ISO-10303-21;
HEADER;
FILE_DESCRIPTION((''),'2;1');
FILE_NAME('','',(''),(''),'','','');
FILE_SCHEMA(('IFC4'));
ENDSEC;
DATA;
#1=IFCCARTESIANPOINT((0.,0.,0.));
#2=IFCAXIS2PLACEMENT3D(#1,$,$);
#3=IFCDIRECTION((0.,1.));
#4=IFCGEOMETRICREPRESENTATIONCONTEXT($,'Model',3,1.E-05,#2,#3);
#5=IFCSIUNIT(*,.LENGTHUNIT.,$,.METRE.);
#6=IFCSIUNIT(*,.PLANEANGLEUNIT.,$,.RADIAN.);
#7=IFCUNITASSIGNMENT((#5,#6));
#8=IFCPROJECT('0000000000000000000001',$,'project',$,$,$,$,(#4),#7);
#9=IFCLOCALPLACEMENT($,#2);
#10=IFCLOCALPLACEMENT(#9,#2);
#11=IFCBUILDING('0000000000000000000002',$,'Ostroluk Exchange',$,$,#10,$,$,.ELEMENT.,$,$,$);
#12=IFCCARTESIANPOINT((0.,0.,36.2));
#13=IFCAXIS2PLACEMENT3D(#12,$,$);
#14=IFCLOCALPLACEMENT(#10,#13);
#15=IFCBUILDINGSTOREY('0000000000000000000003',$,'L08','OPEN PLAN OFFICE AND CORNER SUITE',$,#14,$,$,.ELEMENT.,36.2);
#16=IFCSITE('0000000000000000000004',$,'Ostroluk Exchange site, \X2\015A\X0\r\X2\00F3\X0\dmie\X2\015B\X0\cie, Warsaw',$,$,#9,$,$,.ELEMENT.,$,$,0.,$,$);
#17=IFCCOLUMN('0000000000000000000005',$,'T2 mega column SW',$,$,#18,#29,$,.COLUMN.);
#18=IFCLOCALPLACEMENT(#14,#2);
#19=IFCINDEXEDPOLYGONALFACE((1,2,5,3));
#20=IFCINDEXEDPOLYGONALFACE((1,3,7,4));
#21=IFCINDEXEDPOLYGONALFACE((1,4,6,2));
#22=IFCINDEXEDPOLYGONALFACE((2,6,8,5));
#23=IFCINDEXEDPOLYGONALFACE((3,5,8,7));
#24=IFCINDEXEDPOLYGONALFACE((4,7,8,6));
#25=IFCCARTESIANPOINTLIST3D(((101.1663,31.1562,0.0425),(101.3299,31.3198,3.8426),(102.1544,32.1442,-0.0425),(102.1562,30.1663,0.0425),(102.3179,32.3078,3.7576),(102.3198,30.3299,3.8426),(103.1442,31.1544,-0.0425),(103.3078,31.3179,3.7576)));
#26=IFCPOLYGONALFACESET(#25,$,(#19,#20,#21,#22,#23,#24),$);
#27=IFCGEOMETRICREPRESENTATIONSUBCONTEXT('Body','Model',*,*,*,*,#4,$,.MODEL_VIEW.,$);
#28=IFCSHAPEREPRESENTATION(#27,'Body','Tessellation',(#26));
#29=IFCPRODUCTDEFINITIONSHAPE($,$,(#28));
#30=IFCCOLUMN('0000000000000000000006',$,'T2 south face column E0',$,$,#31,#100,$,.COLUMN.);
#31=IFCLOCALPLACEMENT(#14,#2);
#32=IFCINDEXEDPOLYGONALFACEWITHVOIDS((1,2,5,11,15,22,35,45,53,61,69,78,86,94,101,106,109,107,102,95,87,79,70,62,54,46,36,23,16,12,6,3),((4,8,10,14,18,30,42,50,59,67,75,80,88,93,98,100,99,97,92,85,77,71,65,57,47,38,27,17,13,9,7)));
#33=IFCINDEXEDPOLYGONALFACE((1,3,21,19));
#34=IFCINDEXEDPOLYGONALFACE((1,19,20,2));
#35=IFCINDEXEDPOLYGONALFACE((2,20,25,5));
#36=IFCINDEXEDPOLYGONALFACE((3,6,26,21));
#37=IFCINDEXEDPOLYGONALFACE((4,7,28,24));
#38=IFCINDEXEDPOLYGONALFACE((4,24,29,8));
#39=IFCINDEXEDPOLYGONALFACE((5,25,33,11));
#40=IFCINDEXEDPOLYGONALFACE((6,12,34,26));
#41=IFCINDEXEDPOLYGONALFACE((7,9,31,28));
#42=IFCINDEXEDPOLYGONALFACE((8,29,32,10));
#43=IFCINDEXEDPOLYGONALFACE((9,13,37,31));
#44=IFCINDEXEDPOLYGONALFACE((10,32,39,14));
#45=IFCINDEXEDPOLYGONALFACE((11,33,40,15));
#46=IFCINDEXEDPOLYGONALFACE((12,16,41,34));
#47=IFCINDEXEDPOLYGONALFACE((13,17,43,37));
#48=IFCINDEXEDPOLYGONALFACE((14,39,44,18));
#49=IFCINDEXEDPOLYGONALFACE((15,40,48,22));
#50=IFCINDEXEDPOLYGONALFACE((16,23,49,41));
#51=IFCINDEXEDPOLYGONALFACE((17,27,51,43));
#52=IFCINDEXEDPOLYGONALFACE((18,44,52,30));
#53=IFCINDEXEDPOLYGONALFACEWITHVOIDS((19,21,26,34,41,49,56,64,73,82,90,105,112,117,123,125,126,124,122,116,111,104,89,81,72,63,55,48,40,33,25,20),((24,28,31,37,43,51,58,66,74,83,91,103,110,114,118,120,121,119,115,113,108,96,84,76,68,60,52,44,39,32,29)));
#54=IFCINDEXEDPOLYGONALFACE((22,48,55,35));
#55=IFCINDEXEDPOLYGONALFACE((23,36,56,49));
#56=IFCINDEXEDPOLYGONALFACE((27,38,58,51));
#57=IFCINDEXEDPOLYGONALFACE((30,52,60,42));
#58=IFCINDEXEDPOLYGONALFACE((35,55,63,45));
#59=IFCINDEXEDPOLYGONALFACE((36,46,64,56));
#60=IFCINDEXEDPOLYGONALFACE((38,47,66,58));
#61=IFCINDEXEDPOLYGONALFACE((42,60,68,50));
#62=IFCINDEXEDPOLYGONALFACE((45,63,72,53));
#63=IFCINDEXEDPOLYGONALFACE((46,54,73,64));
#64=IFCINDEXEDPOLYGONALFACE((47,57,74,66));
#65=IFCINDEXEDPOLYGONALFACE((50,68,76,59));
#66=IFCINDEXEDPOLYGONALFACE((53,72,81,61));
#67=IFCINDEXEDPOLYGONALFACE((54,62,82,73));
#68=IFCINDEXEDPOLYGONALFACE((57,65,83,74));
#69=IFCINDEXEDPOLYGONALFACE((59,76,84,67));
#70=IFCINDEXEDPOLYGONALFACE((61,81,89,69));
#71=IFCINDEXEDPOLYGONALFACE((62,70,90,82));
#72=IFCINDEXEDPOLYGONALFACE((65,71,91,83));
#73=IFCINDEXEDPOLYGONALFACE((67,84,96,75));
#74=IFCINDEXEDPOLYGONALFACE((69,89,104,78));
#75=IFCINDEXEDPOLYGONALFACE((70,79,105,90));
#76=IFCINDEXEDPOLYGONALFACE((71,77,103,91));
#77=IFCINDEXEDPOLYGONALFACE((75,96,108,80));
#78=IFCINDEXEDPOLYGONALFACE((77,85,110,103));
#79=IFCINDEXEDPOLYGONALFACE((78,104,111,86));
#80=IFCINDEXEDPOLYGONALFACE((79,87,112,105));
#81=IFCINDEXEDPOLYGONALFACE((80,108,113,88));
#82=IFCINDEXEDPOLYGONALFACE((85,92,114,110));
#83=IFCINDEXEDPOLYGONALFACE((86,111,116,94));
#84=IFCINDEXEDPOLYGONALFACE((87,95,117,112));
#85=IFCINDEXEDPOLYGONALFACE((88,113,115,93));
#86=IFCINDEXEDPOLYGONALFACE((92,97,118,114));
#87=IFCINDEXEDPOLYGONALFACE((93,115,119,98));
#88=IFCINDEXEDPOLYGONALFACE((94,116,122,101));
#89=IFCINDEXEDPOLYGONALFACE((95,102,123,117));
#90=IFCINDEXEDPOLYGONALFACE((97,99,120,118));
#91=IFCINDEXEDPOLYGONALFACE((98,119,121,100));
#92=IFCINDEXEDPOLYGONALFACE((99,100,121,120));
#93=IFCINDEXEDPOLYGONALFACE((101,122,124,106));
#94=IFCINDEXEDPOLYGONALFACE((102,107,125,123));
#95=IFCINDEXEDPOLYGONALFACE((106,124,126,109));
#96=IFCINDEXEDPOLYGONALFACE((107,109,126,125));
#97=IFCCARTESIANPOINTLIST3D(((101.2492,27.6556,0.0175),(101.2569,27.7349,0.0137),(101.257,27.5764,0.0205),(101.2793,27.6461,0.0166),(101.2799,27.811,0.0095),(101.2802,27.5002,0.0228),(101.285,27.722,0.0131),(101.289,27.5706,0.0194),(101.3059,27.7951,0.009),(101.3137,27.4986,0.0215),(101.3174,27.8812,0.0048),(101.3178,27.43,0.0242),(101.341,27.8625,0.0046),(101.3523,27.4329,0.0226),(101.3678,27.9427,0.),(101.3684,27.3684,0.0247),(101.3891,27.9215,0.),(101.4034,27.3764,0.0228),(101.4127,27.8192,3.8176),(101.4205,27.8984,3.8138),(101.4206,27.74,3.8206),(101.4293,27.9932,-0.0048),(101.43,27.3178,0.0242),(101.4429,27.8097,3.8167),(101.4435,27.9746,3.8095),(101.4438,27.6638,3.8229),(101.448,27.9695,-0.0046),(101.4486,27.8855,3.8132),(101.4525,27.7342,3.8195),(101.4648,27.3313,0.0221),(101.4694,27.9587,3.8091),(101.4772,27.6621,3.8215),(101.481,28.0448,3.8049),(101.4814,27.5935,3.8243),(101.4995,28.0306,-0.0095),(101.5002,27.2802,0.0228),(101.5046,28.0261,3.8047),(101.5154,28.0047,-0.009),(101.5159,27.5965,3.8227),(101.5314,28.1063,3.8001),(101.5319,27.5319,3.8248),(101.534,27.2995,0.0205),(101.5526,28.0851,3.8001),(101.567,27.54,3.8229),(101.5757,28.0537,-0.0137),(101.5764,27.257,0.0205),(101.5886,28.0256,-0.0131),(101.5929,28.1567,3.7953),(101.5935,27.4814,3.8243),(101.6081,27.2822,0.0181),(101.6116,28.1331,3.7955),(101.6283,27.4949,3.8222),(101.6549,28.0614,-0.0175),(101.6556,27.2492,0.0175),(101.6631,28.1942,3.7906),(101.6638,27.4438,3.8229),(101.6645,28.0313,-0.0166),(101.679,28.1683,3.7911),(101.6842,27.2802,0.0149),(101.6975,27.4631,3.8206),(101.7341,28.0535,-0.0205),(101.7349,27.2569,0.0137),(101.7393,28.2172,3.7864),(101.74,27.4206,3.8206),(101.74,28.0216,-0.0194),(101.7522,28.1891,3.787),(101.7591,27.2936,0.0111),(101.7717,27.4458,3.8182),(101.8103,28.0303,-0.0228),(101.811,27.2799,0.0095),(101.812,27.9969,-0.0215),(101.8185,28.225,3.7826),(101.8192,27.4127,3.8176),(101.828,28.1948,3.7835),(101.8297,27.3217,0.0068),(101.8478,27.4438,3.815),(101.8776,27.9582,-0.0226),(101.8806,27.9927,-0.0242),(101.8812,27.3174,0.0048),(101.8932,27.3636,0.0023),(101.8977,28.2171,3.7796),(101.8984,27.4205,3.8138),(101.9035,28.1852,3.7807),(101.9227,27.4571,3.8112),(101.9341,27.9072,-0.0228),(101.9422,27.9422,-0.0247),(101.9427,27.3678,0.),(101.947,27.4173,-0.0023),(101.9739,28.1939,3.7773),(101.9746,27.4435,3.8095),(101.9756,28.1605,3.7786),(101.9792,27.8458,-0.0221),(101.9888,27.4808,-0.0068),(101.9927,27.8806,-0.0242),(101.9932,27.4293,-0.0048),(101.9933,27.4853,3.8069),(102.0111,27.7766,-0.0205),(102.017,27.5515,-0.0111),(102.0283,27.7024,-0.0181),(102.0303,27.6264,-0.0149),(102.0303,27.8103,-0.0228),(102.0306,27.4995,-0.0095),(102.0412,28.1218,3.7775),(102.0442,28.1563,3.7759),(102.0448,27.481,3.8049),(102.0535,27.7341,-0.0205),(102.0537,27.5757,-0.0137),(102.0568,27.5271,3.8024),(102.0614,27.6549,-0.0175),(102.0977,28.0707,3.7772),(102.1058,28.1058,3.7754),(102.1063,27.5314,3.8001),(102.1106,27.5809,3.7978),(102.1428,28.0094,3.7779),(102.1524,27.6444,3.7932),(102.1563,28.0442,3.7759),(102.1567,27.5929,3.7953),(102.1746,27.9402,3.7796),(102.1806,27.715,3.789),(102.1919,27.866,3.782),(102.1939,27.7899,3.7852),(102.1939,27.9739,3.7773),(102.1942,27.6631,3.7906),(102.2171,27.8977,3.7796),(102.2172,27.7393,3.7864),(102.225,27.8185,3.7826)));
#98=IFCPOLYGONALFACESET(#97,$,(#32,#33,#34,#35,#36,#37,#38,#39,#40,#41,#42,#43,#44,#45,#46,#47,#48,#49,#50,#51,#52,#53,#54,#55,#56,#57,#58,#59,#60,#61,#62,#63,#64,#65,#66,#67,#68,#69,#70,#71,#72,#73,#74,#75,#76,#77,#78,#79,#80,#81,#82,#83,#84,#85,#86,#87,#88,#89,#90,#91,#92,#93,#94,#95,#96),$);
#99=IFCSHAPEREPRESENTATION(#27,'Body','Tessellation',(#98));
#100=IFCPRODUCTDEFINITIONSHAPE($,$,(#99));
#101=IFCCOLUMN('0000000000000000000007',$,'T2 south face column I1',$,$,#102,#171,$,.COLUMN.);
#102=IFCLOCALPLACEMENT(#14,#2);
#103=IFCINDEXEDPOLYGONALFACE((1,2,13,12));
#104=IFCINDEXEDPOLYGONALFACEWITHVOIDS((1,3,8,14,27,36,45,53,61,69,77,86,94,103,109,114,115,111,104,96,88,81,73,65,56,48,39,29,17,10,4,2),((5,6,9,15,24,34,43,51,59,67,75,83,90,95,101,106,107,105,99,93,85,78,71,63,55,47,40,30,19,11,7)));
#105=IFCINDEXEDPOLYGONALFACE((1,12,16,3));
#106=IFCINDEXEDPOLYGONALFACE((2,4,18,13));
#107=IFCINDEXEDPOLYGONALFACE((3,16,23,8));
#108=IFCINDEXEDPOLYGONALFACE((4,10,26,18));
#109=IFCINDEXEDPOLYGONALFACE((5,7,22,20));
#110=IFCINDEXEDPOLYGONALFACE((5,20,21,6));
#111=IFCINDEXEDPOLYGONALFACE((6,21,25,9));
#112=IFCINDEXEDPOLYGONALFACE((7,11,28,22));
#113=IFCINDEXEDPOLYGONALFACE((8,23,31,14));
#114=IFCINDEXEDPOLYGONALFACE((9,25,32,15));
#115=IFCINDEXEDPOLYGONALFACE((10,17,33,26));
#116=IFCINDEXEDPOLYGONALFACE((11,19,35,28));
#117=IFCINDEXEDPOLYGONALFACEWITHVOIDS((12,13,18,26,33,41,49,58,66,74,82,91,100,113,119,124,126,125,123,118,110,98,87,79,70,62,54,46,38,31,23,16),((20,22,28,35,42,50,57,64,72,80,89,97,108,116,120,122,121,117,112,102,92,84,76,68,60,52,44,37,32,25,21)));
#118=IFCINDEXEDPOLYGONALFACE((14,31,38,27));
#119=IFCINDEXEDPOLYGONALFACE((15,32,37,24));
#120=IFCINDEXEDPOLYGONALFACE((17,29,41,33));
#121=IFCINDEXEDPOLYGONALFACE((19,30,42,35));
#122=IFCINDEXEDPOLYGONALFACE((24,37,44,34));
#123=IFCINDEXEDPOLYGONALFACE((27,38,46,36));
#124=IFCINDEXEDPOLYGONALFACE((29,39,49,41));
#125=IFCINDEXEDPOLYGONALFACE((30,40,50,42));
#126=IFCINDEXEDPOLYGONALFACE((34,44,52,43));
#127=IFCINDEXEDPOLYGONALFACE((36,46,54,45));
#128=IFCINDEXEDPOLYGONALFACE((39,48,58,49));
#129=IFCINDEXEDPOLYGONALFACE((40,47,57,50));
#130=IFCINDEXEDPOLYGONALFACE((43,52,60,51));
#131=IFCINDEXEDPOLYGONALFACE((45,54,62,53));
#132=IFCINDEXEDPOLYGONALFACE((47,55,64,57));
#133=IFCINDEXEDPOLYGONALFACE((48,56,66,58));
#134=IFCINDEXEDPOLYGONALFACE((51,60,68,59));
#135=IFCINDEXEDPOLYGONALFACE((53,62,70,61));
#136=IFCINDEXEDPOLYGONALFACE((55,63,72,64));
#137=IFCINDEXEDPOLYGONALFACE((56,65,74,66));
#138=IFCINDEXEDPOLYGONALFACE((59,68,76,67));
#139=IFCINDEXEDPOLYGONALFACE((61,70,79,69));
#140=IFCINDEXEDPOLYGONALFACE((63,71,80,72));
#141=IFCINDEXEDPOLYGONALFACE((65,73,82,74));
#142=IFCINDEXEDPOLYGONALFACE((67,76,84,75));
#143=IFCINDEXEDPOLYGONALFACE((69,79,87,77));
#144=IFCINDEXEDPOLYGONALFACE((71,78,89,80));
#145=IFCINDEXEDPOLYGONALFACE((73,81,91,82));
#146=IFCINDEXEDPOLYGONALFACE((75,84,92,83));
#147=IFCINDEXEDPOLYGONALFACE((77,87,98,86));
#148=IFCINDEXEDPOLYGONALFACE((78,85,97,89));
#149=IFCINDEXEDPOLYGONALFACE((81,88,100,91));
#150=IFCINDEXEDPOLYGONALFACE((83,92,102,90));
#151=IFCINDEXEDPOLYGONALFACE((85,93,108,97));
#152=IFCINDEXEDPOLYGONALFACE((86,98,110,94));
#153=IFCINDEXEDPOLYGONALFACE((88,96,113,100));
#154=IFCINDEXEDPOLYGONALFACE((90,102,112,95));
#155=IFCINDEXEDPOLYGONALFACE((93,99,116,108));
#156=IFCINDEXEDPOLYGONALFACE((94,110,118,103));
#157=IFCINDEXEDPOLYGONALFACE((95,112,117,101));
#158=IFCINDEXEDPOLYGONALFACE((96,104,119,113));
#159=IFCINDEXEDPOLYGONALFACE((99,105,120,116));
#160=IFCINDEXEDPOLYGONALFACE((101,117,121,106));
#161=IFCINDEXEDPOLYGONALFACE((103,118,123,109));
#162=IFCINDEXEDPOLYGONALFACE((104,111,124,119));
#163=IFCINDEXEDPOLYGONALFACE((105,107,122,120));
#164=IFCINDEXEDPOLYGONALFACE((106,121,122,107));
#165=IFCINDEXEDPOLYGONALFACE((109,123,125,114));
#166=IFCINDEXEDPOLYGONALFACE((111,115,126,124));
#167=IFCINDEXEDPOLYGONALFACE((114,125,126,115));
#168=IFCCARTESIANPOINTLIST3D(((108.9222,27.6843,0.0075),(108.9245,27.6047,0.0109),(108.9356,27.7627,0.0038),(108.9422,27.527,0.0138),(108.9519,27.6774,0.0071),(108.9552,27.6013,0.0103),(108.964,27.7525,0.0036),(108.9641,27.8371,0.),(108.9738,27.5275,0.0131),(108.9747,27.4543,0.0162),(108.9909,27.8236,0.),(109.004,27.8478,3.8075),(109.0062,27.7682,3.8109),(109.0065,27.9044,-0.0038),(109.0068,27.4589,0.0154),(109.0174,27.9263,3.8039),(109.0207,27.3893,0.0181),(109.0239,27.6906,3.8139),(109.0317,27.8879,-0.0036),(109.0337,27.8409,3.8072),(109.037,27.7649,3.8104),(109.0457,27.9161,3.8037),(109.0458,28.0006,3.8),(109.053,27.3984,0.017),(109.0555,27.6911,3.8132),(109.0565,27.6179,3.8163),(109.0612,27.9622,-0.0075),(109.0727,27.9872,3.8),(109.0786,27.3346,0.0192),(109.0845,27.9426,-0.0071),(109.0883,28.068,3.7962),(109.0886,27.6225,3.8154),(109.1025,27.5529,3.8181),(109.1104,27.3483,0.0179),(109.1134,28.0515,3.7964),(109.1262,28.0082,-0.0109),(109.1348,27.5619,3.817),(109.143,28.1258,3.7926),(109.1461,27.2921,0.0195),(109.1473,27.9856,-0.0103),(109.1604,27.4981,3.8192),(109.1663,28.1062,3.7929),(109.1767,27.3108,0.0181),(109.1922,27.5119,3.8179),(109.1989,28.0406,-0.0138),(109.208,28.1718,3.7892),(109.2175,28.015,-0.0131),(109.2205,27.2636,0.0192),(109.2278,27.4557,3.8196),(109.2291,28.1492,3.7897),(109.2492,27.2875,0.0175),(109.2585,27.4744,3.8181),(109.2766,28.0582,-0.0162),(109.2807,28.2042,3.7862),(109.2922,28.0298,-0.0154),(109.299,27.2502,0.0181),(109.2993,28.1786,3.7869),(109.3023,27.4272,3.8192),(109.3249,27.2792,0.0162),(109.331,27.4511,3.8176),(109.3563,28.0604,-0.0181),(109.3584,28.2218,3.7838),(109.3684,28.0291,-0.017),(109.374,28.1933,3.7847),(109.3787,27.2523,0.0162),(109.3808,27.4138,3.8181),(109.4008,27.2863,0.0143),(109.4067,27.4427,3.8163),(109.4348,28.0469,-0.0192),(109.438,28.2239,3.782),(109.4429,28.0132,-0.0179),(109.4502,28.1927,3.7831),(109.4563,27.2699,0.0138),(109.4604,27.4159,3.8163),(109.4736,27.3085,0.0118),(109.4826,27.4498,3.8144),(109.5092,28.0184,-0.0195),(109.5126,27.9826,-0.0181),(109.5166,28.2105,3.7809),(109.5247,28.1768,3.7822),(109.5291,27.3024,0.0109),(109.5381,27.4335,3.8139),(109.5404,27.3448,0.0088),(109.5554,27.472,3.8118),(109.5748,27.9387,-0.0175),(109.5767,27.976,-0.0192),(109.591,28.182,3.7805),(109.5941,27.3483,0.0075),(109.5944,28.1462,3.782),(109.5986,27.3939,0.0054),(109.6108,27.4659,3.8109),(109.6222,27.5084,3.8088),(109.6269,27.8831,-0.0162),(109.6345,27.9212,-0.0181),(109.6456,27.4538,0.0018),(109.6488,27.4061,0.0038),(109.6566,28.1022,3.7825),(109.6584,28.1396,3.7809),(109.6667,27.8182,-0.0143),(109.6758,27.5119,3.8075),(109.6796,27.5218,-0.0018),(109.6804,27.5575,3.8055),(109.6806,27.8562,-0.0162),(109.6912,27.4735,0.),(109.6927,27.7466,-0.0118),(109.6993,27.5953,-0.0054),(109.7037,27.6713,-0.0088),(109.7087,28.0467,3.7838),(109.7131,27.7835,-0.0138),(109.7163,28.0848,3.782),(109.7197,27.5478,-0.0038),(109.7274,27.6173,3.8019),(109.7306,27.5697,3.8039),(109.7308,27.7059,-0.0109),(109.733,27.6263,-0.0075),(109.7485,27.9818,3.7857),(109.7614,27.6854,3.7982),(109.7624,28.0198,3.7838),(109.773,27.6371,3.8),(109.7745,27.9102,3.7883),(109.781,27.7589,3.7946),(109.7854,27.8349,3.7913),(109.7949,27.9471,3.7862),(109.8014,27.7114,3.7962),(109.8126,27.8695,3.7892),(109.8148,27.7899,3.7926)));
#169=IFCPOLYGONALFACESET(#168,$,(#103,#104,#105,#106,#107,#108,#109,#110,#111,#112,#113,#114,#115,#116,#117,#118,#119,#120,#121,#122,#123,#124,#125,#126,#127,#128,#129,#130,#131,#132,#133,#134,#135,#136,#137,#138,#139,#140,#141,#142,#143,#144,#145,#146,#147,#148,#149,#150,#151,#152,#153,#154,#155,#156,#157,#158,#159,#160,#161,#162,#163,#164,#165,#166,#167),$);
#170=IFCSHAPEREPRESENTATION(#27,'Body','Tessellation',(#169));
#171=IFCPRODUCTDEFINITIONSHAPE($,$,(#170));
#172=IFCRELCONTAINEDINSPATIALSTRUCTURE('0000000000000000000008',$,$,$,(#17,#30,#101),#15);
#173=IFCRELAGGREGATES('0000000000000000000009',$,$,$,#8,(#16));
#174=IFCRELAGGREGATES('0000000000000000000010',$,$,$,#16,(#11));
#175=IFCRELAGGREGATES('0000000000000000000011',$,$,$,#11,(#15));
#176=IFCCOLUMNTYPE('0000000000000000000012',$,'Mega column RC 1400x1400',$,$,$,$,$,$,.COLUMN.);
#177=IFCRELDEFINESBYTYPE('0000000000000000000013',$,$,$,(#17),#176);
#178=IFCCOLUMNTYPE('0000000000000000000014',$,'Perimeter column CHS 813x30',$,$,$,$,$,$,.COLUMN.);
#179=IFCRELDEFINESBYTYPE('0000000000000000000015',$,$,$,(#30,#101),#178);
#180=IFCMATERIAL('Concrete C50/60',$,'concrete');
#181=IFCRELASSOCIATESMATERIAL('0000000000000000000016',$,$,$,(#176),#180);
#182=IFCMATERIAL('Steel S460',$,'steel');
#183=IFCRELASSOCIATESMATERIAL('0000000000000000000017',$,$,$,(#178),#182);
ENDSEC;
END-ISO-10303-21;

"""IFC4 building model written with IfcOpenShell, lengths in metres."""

from ifc_helpers import new_model, si_unit, direction, frame, origin, origin_2d, place, context, subcontext, project, spatial, rectangle, hollow_circle, extrude, material, material_profile, profile_set, type_object, element, save


model = new_model("IFC4")

# Units and contexts
model_context = context("Model", 3, precision=1e-05, world=origin(), true_north=direction((0.0, 1.0)))
body_context = subcontext(model_context, "Body", "Model", "MODEL_VIEW")
ifc_project = project(units=[si_unit("LENGTHUNIT", "METRE"), si_unit("PLANEANGLEUNIT", "RADIAN")], contexts=[model_context])

# Site, building, storey
site_placement = place(None, origin())
site = spatial("IfcSite", under=ifc_project, at=site_placement, Name="Ostroluk Exchange site, Śródmieście, Warsaw", CompositionType="ELEMENT", RefElevation=0.0)
building_placement = place(site_placement, origin())
building = spatial("IfcBuilding", under=site, at=building_placement, Name="Ostroluk Exchange", CompositionType="ELEMENT")
storey_placement = place(building_placement, frame((0.0, 0.0, 36.2)))
storey = spatial("IfcBuildingStorey", under=building, at=storey_placement, Name="L08", Description="OPEN PLAN OFFICE AND CORNER SUITE", CompositionType="ELEMENT", Elevation=36.2)

# Columns
ifc_material_1 = material(Name="Concrete C50/60", Category="concrete")
ifc_material_profile_1 = material_profile(ifc_material_1, rectangle(XDim=1.3999, YDim=1.3999, at=origin_2d()), Name="RC 1400x1400")
ifc_profile_set_1 = profile_set([ifc_material_profile_1], Name="Concrete C50/60")
column_type_1 = type_object("IfcColumnType", Name="Mega column RC 1400x1400", PredefinedType="COLUMN", material=ifc_profile_set_1)
column_1_placement = place(storey_placement, frame((102.1553, 31.1553, 0.0), z_axis=(0.042966, 0.042966, 0.998152), x_axis=(-0.707107, 0.707107, 0.0)))
element("IfcColumn", 1, at=column_1_placement, inside=storey, type_object=column_type_1, Name="T2 mega column SW", PredefinedType="COLUMN", context=body_context, shape_type="SweptSolid", body=[
    extrude(rectangle(XDim=1.3999, YDim=1.3999, at=origin_2d()), origin(), (0.0, 0.0, 1.0), 3.8071),
])
ifc_material_2 = material(Name="Steel S460", Category="steel")
ifc_material_profile_2 = material_profile(ifc_material_2, hollow_circle(Radius=0.4065, WallThickness=0.03, at=origin_2d()), Name="CHS 813x30")
ifc_profile_set_2 = profile_set([ifc_material_profile_2], Name="Steel S460")
column_type_2 = type_object("IfcColumnType", Name="Perimeter column CHS 813x30", PredefinedType="COLUMN", material=ifc_profile_set_2)
column_2_placement = place(storey_placement, frame((101.6553, 27.6553, 0.0), z_axis=(0.042966, 0.042966, 0.998152), x_axis=(-0.707107, 0.707107, 0.0)))
element("IfcColumn", 2, at=column_2_placement, inside=storey, type_object=column_type_2, Name="T2 south face column E0", PredefinedType="COLUMN", context=body_context, shape_type="SweptSolid", body=[
    extrude(hollow_circle(Radius=0.4065, WallThickness=0.03, at=origin_2d()), origin(), (0.0, 0.0, 1.0), 3.8071),
])
column_3_placement = place(storey_placement, frame((109.3276, 27.6553, 0.0), z_axis=(0.021498, 0.042996, 0.998844), x_axis=(-0.894427, 0.447214, 0.0)))
element("IfcColumn", 3, at=column_3_placement, inside=storey, type_object=column_type_2, Name="T2 south face column I1", PredefinedType="COLUMN", context=body_context, shape_type="SweptSolid", body=[
    extrude(hollow_circle(Radius=0.4065, WallThickness=0.03, at=origin_2d()), origin(), (0.0, 0.0, 1.0), 3.8044),
])

save(model, "model.ifc")
